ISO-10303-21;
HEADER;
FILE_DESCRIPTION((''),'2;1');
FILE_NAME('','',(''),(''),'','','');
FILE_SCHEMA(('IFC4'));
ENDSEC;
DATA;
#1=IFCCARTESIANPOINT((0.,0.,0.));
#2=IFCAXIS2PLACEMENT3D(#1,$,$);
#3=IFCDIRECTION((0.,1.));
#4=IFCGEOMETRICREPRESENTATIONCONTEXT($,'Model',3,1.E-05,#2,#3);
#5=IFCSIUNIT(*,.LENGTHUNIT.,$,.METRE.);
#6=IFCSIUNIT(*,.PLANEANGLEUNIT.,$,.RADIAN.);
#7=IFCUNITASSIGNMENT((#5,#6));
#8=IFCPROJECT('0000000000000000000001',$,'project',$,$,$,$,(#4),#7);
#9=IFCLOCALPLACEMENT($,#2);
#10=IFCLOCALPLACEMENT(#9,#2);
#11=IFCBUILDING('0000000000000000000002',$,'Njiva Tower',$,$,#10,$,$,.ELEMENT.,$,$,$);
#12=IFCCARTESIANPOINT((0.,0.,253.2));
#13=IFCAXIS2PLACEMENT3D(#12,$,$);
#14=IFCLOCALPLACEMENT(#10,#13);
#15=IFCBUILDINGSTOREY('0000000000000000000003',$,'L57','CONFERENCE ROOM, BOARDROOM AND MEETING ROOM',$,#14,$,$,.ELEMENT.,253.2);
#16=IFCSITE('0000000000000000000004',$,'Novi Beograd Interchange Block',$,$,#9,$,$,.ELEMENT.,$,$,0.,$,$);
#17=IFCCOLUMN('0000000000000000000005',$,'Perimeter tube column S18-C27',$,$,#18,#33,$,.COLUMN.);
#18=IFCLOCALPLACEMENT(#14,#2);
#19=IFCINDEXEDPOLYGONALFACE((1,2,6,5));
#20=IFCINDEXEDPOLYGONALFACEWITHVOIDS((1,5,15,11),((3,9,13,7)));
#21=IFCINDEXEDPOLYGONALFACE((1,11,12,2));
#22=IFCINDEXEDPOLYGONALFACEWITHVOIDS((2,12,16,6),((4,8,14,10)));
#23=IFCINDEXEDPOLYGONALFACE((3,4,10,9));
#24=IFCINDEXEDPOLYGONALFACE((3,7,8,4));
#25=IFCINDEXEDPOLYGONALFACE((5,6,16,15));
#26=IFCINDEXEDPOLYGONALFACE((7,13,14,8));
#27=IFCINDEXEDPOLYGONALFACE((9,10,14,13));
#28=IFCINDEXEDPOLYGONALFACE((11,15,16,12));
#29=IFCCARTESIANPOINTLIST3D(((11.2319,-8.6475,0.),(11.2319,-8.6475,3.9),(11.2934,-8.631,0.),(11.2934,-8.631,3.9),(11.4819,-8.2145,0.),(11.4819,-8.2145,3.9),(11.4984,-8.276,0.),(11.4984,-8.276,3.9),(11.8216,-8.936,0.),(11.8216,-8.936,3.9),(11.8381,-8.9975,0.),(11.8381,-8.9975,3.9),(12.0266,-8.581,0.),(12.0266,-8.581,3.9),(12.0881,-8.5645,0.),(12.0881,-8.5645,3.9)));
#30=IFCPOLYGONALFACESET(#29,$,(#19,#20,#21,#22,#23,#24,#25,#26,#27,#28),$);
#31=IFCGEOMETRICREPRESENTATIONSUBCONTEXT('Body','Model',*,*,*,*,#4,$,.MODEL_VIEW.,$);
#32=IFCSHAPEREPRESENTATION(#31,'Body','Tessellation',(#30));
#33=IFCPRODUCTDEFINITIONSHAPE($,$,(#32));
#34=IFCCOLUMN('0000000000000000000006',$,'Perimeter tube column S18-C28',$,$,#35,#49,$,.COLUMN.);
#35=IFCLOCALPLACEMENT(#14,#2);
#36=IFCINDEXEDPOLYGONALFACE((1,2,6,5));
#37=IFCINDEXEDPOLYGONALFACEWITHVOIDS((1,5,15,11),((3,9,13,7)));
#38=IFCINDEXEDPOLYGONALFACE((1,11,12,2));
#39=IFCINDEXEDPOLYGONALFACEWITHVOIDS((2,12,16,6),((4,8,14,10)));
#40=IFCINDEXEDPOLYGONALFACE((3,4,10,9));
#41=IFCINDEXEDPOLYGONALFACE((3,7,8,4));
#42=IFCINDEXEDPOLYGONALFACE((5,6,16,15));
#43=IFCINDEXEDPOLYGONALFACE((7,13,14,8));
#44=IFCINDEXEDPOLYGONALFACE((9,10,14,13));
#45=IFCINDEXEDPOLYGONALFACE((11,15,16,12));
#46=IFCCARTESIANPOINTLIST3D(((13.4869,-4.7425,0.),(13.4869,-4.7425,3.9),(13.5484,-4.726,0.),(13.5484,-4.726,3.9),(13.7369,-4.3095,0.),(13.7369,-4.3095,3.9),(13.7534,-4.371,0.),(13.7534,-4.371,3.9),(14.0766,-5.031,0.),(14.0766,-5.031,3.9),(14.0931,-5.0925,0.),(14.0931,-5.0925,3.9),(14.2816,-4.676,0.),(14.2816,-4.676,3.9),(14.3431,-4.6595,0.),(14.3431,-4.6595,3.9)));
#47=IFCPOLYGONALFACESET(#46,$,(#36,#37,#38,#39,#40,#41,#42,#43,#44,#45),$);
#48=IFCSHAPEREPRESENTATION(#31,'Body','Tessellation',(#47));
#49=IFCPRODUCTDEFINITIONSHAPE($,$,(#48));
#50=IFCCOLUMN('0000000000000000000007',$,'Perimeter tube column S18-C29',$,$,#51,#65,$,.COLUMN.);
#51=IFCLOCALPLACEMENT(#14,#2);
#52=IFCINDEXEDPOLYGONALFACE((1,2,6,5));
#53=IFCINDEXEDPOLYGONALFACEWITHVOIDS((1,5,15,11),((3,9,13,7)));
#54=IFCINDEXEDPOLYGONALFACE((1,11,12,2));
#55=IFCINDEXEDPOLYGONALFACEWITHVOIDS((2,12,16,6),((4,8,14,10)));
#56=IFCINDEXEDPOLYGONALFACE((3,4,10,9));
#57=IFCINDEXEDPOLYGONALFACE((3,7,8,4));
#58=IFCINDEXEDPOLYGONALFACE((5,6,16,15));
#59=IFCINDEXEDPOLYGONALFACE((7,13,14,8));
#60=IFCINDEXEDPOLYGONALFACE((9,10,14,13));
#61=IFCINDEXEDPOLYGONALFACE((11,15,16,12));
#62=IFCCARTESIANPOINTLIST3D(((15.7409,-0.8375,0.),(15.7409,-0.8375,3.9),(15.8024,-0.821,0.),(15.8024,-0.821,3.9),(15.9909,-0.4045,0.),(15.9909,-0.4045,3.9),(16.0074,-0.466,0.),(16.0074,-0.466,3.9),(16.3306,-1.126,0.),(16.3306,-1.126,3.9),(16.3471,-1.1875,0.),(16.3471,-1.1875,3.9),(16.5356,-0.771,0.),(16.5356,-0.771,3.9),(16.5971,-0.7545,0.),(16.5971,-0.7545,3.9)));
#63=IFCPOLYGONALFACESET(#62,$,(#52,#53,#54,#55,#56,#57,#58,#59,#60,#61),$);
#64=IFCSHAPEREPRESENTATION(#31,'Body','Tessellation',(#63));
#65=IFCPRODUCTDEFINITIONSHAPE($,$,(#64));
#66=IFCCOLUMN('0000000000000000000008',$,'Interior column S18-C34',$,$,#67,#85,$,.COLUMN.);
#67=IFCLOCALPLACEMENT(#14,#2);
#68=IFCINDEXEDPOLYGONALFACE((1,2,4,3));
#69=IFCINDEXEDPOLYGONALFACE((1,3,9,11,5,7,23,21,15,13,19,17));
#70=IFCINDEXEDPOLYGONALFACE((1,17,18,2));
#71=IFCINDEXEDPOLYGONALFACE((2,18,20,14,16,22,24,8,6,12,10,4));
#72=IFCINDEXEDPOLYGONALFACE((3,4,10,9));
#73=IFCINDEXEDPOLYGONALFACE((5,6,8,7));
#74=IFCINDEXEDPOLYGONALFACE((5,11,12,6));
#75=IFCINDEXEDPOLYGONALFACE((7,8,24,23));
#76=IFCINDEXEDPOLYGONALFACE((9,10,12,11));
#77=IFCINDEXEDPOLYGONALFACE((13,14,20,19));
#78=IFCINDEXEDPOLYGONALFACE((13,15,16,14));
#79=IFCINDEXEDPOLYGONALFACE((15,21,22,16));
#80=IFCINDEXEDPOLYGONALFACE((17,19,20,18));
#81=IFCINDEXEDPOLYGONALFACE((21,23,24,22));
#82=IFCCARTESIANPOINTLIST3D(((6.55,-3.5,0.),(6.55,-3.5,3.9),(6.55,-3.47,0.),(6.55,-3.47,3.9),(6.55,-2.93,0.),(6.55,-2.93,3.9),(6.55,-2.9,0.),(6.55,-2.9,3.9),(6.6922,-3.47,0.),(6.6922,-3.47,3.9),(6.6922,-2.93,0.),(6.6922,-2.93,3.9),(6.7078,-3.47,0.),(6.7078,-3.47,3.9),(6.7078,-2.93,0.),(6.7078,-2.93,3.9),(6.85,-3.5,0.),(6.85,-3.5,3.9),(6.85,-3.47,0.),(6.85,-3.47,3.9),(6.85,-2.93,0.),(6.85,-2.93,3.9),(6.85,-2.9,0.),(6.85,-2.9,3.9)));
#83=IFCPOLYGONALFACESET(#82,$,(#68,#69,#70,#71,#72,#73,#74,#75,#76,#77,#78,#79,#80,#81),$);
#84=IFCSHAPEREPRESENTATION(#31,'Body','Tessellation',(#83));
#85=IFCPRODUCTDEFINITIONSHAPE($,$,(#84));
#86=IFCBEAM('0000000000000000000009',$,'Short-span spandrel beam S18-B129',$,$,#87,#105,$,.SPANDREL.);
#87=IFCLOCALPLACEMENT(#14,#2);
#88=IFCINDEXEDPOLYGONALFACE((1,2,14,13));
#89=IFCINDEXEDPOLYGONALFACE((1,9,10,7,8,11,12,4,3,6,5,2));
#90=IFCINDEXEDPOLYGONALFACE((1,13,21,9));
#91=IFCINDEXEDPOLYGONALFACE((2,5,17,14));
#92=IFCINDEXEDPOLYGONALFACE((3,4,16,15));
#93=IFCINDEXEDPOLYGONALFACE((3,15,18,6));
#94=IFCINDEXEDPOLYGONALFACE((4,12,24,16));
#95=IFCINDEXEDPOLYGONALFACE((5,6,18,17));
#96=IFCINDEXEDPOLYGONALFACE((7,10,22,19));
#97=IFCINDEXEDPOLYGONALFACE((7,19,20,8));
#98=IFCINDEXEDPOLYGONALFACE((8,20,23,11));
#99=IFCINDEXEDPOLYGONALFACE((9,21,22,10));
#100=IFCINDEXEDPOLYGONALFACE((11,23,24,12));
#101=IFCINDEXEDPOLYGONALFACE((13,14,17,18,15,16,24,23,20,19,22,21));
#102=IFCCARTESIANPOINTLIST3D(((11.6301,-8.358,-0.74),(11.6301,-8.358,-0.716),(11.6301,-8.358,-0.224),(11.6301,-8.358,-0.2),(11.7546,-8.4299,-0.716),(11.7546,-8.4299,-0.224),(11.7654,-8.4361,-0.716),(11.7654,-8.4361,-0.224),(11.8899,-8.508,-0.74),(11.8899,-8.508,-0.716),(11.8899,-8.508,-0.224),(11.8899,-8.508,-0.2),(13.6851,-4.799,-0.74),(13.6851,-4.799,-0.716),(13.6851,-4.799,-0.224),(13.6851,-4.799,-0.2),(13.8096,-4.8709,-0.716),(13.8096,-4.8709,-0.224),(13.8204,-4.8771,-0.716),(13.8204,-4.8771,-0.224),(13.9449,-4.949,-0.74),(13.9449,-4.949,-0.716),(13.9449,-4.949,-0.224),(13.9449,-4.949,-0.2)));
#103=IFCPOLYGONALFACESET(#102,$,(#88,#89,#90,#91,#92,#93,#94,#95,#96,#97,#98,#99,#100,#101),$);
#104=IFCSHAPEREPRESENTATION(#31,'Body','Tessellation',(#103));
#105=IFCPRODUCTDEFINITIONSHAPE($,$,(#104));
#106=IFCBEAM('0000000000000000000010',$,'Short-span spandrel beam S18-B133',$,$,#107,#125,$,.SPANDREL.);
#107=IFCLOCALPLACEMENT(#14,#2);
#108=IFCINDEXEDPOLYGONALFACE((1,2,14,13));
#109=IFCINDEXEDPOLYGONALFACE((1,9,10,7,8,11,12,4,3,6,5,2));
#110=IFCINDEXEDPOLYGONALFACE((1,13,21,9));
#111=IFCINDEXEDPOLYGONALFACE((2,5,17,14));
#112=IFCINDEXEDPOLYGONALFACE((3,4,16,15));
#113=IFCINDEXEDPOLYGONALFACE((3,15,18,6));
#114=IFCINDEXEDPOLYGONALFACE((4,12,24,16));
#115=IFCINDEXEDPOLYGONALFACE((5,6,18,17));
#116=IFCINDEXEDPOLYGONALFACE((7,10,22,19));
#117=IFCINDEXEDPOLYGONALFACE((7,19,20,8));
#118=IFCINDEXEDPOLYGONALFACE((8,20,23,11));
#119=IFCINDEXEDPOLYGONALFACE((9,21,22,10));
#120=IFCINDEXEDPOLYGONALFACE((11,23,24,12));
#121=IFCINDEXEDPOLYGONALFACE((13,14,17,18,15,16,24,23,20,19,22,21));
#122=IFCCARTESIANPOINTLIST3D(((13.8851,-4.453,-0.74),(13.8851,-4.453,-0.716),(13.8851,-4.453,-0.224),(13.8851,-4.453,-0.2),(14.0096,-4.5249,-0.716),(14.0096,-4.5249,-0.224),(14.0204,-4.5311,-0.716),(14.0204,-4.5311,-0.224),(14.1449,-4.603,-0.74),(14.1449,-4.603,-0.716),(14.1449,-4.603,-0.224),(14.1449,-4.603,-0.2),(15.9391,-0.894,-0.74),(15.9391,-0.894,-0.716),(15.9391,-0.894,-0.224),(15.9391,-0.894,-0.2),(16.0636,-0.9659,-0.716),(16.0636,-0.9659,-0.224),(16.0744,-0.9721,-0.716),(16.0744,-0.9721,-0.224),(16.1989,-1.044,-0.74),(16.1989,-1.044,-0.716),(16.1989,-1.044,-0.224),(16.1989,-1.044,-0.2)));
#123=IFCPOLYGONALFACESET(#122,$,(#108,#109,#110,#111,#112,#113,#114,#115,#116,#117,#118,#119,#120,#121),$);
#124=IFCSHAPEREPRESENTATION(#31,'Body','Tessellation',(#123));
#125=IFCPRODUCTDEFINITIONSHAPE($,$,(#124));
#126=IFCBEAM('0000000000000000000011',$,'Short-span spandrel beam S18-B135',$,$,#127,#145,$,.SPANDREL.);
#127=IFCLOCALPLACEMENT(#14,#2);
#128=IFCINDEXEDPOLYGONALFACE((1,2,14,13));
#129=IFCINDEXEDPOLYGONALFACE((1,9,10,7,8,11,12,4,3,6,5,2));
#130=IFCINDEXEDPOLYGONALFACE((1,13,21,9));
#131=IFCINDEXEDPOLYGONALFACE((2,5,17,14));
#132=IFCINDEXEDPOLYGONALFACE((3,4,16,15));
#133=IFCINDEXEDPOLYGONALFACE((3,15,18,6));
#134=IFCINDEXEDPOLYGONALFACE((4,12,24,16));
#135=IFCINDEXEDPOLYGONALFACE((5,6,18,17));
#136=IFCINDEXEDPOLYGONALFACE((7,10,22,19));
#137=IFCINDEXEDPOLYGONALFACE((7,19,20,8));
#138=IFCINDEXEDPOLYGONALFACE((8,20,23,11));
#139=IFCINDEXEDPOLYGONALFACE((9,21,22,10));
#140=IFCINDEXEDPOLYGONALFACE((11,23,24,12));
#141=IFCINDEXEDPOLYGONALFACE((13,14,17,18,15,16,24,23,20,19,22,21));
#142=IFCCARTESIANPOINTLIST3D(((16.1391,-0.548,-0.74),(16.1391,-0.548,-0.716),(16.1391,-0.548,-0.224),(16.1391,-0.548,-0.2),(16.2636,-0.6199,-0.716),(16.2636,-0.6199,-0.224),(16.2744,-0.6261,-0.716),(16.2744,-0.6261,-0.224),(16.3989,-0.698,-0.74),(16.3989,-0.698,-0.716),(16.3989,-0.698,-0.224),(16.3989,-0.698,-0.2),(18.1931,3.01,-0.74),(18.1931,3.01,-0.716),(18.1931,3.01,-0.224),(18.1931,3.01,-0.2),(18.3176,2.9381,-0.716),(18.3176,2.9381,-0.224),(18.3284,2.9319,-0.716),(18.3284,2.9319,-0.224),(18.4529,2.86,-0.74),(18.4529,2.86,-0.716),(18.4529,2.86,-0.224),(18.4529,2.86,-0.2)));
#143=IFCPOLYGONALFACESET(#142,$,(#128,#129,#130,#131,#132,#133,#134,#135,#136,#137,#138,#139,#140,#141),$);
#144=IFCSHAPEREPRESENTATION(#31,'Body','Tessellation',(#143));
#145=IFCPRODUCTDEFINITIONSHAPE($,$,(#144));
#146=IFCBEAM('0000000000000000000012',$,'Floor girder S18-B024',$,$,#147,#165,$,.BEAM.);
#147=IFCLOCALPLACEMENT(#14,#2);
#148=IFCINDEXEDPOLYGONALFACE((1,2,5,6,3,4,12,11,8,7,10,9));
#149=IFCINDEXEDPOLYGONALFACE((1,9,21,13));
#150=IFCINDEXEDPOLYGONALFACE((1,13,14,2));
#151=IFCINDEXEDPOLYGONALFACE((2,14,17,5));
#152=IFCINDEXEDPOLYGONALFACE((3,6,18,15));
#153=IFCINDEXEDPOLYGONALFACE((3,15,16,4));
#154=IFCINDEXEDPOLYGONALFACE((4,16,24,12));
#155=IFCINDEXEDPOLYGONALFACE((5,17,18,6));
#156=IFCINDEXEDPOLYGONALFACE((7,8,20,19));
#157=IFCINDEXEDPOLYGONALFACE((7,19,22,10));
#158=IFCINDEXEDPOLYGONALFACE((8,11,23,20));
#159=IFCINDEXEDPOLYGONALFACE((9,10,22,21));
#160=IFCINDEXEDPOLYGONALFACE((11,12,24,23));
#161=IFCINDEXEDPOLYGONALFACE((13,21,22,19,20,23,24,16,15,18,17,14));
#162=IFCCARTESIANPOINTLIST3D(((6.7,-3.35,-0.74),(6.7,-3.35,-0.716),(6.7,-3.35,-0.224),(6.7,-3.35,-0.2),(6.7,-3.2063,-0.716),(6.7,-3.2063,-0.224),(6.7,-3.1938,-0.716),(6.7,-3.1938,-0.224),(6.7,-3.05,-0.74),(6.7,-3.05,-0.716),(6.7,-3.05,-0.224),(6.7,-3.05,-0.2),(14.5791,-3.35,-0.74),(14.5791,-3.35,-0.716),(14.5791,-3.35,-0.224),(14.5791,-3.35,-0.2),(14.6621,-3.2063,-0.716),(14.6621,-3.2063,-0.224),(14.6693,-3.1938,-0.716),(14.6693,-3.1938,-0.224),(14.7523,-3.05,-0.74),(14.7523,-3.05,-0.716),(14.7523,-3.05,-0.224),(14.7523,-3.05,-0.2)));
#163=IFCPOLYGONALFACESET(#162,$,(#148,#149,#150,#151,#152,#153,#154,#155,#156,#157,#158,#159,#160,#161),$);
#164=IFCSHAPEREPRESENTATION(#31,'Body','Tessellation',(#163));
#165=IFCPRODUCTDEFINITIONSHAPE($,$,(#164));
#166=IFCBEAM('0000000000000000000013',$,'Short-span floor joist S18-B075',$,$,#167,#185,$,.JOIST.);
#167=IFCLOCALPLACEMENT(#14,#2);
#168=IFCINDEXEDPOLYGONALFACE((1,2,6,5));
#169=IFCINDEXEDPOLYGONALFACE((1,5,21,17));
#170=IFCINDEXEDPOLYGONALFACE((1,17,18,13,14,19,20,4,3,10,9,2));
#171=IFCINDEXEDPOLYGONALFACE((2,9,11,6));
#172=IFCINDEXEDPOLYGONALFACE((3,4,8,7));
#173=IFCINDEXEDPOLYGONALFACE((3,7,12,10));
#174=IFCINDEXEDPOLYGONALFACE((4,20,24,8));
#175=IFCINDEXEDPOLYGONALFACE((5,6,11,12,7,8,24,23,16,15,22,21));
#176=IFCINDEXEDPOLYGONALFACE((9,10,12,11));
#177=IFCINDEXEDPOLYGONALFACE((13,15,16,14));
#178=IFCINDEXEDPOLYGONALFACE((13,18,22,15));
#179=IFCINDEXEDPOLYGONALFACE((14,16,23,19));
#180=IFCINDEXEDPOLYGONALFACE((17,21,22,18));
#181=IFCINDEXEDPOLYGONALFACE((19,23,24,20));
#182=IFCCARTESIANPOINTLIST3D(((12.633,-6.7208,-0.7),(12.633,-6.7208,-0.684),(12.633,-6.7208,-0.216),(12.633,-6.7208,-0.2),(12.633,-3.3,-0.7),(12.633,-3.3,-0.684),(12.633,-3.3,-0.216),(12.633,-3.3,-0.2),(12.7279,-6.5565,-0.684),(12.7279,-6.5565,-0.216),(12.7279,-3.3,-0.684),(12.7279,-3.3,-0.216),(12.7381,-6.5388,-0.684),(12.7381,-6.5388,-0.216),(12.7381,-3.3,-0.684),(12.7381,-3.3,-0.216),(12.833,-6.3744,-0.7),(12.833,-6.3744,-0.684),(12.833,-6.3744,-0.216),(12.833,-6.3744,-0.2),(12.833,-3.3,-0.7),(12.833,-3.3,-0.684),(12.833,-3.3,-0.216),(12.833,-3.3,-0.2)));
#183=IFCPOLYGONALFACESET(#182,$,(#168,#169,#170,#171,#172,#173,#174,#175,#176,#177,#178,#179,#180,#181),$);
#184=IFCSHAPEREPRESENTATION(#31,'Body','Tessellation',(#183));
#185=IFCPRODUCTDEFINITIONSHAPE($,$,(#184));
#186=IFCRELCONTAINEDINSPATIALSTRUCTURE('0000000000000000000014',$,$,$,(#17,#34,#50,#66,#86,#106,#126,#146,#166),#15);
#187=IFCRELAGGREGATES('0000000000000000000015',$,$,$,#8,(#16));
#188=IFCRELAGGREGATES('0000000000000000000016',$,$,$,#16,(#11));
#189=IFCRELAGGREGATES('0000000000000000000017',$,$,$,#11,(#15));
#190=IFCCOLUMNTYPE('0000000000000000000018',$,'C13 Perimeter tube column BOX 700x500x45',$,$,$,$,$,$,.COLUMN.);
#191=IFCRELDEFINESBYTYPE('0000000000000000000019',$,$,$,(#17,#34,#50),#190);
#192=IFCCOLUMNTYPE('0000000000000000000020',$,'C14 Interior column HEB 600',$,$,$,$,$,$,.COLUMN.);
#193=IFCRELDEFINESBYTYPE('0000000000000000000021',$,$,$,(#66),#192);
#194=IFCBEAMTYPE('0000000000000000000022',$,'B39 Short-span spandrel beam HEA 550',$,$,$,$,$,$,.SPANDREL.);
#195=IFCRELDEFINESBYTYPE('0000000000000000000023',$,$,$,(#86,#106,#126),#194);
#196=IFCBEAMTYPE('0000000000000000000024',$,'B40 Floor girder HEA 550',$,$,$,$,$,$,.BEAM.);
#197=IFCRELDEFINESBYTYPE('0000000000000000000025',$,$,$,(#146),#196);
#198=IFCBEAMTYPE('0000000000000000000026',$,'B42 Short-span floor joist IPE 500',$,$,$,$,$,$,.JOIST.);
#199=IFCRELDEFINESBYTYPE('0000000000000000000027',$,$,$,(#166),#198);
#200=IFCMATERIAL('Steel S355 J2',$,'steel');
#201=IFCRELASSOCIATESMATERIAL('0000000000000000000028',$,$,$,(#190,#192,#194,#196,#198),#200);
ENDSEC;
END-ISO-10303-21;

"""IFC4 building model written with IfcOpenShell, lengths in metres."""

from ifc_helpers import new_model, si_unit, direction, frame, origin, origin_2d, place, context, subcontext, project, spatial, hollow_rectangle, i_section, extrude, clip, halfspace, material, material_profile, profile_set, type_object, element, save


model = new_model("IFC4")

# Units and contexts
model_context = context("Model", 3, precision=1e-05, world=origin(), true_north=direction((0.0, 1.0)))
body_context = subcontext(model_context, "Body", "Model", "MODEL_VIEW")
ifc_project = project(units=[si_unit("LENGTHUNIT", "METRE"), si_unit("PLANEANGLEUNIT", "RADIAN")], contexts=[model_context])

# Site, building, storey
site_placement = place(None, origin())
site = spatial("IfcSite", under=ifc_project, at=site_placement, Name="Novi Beograd Interchange Block", CompositionType="ELEMENT", RefElevation=0.0)
building_placement = place(site_placement, origin())
building = spatial("IfcBuilding", under=site, at=building_placement, Name="Njiva Tower", CompositionType="ELEMENT")
storey_placement = place(building_placement, frame((0.0, 0.0, 253.2)))
storey = spatial("IfcBuildingStorey", under=building, at=storey_placement, Name="L57", Description="CONFERENCE ROOM, BOARDROOM AND MEETING ROOM", CompositionType="ELEMENT", Elevation=253.2)

# Columns
ifc_material_1 = material(Name="Steel S355 J2", Category="steel")
ifc_material_profile_1 = material_profile(ifc_material_1, hollow_rectangle(XDim=0.5, YDim=0.7, WallThickness=0.045, at=origin_2d()), Name="BOX 700x500x45")
ifc_profile_set_1 = profile_set([ifc_material_profile_1], Name="Steel S355 J2")
column_type_1 = type_object("IfcColumnType", Name="C13 Perimeter tube column BOX 700x500x45", PredefinedType="COLUMN", material=ifc_profile_set_1)
for number, where, z_axis, x_axis, name in (
    (1, (11.66, -8.606, 0.0), (0.0, 0.0, 1.0), (0.5, 0.866025, 0.0), "Perimeter tube column S18-C27"),
    (2, (13.915, -4.701, 0.0), (0.0, 0.0, 1.0), (0.5, 0.866025, 0.0), "Perimeter tube column S18-C28"),
    (3, (16.169, -0.796, 0.0), (0.0, 0.0, 1.0), (0.5, 0.866025, 0.0), "Perimeter tube column S18-C29"),
):
    element("IfcColumn", number, at=place(storey_placement, frame(where, z_axis=z_axis, x_axis=x_axis)), inside=storey, type_object=column_type_1, Name=name, PredefinedType="COLUMN", context=body_context, shape_type="SweptSolid", body=[
        extrude(hollow_rectangle(XDim=0.5, YDim=0.7, WallThickness=0.045, at=origin_2d()), origin(), (0.0, 0.0, 1.0), 3.9),
    ])
ifc_material_profile_2 = material_profile(ifc_material_1, i_section(OverallWidth=0.3, OverallDepth=0.6, WebThickness=0.0155, FlangeThickness=0.03, at=origin_2d()), Name="HEB 600")
ifc_profile_set_2 = profile_set([ifc_material_profile_2], Name="Steel S355 J2")
column_type_2 = type_object("IfcColumnType", Name="C14 Interior column HEB 600", PredefinedType="COLUMN", material=ifc_profile_set_2)
column_placement = place(storey_placement, frame((6.7, -3.2, 0.0), z_axis=(0.0, 0.0, 1.0), x_axis=(1.0, 0.0, 0.0)))
element("IfcColumn", 4, at=column_placement, inside=storey, type_object=column_type_2, Name="Interior column S18-C34", PredefinedType="COLUMN", context=body_context, shape_type="SweptSolid", body=[
    extrude(i_section(OverallWidth=0.3, OverallDepth=0.6, WebThickness=0.0155, FlangeThickness=0.03, at=origin_2d()), origin(), (0.0, 0.0, 1.0), 3.9),
])

# Beams
ifc_material_profile_3 = material_profile(ifc_material_1, i_section(OverallWidth=0.3, OverallDepth=0.54, WebThickness=0.0125, FlangeThickness=0.024, at=origin_2d()), Name="HEA 550")
ifc_profile_set_3 = profile_set([ifc_material_profile_3], Name="Steel S355 J2")
beam_type_1 = type_object("IfcBeamType", Name="B39 Short-span spandrel beam HEA 550", PredefinedType="SPANDREL", material=ifc_profile_set_3)
beam_1_placement = place(storey_placement, frame((11.76, -8.433, -0.47), z_axis=(0.500038, 0.866003, 0.0), x_axis=(-0.866003, 0.500038, 0.0)))
element("IfcBeam", 5, at=beam_1_placement, inside=storey, type_object=beam_type_1, Name="Short-span spandrel beam S18-B129", PredefinedType="SPANDREL", context=body_context, shape_type="SweptSolid", body=[
    extrude(i_section(OverallWidth=0.3, OverallDepth=0.54, WebThickness=0.0125, FlangeThickness=0.024, at=origin_2d()), origin(), (0.0, 0.0, 1.0), 4.1097),
])
beam_2_placement = place(storey_placement, frame((14.015, -4.528, -0.47), z_axis=(0.499856, 0.866109, 0.0), x_axis=(-0.866109, 0.499856, 0.0)))
element("IfcBeam", 6, at=beam_2_placement, inside=storey, type_object=beam_type_1, Name="Short-span spandrel beam S18-B133", PredefinedType="SPANDREL", context=body_context, shape_type="SweptSolid", body=[
    extrude(i_section(OverallWidth=0.3, OverallDepth=0.54, WebThickness=0.0125, FlangeThickness=0.024, at=origin_2d()), origin(), (0.0, 0.0, 1.0), 4.1092),
])
beam_3_placement = place(storey_placement, frame((16.269, -0.623, -0.47), z_axis=(0.499961, 0.866048, 0.0), x_axis=(-0.866048, 0.499961, 0.0)))
element("IfcBeam", 7, at=beam_3_placement, inside=storey, type_object=beam_type_1, Name="Short-span spandrel beam S18-B135", PredefinedType="SPANDREL", context=body_context, shape_type="SweptSolid", body=[
    extrude(i_section(OverallWidth=0.3, OverallDepth=0.54, WebThickness=0.0125, FlangeThickness=0.024, at=origin_2d()), origin(), (0.0, 0.0, 1.0), 4.1083),
])
ifc_material_profile_4 = material_profile(ifc_material_1, i_section(OverallWidth=0.3, OverallDepth=0.54, WebThickness=0.0125, FlangeThickness=0.024, at=origin_2d()), Name="HEA 550")
ifc_profile_set_4 = profile_set([ifc_material_profile_4], Name="Steel S355 J2")
beam_type_2 = type_object("IfcBeamType", Name="B40 Floor girder HEA 550", PredefinedType="BEAM", material=ifc_profile_set_4)
beam_4_placement = place(storey_placement, frame((6.7, -3.2, -0.47), z_axis=(1.0, 0.0, 0.0), x_axis=(0.0, 1.0, 0.0)))
element("IfcBeam", 8, at=beam_4_placement, inside=storey, type_object=beam_type_2, Name="Floor girder S18-B024", PredefinedType="BEAM", context=body_context, shape_type="Clipping", body=[
    clip(extrude(i_section(OverallWidth=0.3, OverallDepth=0.54, WebThickness=0.0125, FlangeThickness=0.024, at=origin_2d()), origin(), (0.0, 0.0, 1.0), 8.073), halfspace(frame((-0.025, 0.0, 7.9513), z_axis=(-0.499998, 0.0, 0.866027), x_axis=(0.0, 1.0, 0.0)), False)),
])
ifc_material_profile_5 = material_profile(ifc_material_1, i_section(OverallWidth=0.2, OverallDepth=0.5, WebThickness=0.0102, FlangeThickness=0.016, at=origin_2d()), Name="IPE 500")
ifc_profile_set_5 = profile_set([ifc_material_profile_5], Name="Steel S355 J2")
beam_type_3 = type_object("IfcBeamType", Name="B42 Short-span floor joist IPE 500", PredefinedType="JOIST", material=ifc_profile_set_5)
beam_5_placement = place(storey_placement, frame((12.733, -3.3, -0.45), z_axis=(0.0, -1.0, 0.0), x_axis=(1.0, 0.0, 0.0)))
element("IfcBeam", 9, at=beam_5_placement, inside=storey, type_object=beam_type_3, Name="Short-span floor joist S18-B075", PredefinedType="JOIST", context=body_context, shape_type="Clipping", body=[
    clip(extrude(i_section(OverallWidth=0.2, OverallDepth=0.5, WebThickness=0.0102, FlangeThickness=0.016, at=origin_2d()), origin(), (0.0, 0.0, 1.0), 3.44), halfspace(frame((0.0436, 0.0, 3.1721), z_axis=(0.866027, 0.0, 0.499998), x_axis=(0.0, 1.0, 0.0)), False)),
])

save(model, "model.ifc")
